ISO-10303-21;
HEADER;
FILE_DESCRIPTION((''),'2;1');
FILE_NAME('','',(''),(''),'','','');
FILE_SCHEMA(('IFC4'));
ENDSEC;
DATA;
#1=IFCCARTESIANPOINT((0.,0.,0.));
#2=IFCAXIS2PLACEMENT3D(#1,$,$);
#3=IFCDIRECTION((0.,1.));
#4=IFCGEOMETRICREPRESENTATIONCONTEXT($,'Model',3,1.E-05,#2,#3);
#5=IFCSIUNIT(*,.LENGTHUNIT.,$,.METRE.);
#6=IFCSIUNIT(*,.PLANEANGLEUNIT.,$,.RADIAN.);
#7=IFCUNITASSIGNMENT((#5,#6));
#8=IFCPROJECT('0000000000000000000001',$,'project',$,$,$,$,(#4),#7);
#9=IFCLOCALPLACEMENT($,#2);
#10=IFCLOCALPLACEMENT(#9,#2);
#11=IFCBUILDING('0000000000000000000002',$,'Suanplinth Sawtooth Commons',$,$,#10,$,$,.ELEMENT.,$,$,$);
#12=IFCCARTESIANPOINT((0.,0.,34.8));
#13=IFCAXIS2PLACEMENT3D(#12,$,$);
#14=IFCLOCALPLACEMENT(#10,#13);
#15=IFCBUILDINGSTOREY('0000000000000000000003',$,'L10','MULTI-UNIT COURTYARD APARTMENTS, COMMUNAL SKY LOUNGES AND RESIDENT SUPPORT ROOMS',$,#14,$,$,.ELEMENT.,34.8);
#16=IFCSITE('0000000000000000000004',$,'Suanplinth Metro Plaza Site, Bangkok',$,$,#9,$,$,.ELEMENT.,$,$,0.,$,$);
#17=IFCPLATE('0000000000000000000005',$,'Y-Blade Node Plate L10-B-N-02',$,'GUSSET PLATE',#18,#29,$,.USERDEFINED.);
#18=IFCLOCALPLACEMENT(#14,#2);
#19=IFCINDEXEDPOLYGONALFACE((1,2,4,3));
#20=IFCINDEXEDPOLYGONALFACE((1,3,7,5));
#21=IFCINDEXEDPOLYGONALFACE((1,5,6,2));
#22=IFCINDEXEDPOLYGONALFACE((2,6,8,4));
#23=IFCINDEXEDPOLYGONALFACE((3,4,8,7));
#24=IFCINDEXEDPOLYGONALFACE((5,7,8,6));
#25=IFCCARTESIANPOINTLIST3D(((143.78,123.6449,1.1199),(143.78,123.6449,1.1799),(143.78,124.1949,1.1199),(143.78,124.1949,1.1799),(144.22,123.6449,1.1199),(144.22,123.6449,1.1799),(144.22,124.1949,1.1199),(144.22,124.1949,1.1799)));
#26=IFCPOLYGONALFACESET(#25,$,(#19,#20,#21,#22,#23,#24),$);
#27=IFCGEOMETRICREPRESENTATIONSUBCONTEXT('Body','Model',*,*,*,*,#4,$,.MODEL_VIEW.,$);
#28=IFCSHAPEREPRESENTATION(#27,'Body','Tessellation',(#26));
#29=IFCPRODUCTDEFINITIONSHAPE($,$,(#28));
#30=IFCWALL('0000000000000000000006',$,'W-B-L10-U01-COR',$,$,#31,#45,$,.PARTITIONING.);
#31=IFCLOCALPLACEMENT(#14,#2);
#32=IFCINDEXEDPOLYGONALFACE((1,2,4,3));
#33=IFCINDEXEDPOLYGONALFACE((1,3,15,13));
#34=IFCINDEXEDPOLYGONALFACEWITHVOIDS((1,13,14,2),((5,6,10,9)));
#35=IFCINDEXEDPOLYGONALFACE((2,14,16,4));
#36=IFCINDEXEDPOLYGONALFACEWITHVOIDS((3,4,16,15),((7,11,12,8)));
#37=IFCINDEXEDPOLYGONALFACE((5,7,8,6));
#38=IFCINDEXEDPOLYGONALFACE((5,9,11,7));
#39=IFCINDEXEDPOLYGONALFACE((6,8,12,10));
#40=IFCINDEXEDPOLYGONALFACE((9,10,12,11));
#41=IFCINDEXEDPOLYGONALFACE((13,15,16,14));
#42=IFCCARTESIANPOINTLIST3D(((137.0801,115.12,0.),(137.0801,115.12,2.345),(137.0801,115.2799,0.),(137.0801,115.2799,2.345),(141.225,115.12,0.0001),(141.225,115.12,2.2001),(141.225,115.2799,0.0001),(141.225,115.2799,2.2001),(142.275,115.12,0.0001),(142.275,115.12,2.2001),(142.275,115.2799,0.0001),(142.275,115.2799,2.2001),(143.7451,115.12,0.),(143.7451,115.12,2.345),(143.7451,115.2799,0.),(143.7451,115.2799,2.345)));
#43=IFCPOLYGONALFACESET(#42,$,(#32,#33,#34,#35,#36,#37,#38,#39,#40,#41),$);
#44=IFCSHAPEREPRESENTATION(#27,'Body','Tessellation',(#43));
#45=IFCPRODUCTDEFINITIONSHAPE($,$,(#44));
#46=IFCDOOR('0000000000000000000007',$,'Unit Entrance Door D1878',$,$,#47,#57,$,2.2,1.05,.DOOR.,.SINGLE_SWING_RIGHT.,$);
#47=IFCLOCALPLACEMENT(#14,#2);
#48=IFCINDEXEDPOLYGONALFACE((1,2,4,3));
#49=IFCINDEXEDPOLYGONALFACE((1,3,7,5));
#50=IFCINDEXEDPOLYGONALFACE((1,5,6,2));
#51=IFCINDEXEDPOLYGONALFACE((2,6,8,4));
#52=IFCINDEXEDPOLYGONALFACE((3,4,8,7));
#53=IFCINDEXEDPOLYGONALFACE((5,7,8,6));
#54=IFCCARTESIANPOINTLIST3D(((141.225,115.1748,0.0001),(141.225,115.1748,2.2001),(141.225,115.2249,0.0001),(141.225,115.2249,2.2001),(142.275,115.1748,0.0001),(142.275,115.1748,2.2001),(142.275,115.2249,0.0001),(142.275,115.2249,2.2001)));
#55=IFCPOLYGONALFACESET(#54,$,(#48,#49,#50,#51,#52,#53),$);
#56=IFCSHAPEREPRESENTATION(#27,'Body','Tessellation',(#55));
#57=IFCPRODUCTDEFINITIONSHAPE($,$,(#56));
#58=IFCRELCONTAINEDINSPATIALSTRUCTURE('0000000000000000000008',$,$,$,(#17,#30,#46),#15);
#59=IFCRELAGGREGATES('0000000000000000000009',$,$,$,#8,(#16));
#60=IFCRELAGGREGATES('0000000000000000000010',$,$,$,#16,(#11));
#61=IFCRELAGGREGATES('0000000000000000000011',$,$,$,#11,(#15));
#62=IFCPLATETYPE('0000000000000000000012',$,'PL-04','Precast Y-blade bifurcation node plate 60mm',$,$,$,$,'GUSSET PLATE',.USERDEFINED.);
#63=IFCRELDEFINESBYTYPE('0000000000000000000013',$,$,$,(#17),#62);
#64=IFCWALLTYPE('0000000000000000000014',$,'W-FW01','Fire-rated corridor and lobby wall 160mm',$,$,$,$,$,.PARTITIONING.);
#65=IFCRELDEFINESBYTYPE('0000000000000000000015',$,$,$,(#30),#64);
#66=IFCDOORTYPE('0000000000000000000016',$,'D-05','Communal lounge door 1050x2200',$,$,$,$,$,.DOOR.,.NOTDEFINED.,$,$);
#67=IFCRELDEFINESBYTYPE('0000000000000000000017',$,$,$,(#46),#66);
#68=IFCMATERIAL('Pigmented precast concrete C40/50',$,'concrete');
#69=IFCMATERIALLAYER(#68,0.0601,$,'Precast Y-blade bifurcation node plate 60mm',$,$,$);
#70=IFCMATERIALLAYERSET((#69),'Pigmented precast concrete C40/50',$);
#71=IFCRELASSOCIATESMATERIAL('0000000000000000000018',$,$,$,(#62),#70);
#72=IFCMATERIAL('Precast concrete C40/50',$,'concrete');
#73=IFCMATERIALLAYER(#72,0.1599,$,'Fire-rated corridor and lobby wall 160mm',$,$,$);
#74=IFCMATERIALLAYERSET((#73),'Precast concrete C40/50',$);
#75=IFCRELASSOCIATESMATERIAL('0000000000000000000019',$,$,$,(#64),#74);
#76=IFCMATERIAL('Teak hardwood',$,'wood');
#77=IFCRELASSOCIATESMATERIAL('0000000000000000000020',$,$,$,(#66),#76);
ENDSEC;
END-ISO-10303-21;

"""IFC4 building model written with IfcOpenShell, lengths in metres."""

from ifc_helpers import new_model, si_unit, direction, frame, frame_2d, origin, origin_2d, place, context, subcontext, project, spatial, rectangle, extrude, material, layer, layer_set, type_object, element, fill, save


model = new_model("IFC4")

# Units and contexts
model_context = context("Model", 3, precision=1e-05, world=origin(), true_north=direction((0.0, 1.0)))
body_context = subcontext(model_context, "Body", "Model", "MODEL_VIEW")
ifc_project = project(units=[si_unit("LENGTHUNIT", "METRE"), si_unit("PLANEANGLEUNIT", "RADIAN")], contexts=[model_context])

# Site, building, storey
site_placement = place(None, origin())
site = spatial("IfcSite", under=ifc_project, at=site_placement, Name="Suanplinth Metro Plaza Site, Bangkok", CompositionType="ELEMENT", RefElevation=0.0)
building_placement = place(site_placement, origin())
building = spatial("IfcBuilding", under=site, at=building_placement, Name="Suanplinth Sawtooth Commons", CompositionType="ELEMENT")
storey_placement = place(building_placement, frame((0.0, 0.0, 34.8)))
storey = spatial("IfcBuildingStorey", under=building, at=storey_placement, Name="L10", Description="MULTI-UNIT COURTYARD APARTMENTS, COMMUNAL SKY LOUNGES AND RESIDENT SUPPORT ROOMS", CompositionType="ELEMENT", Elevation=34.8)

# Shared definitions
ifc_material_1 = material(Name="Precast concrete C40/50", Category="concrete")

# Shared definitions
ifc_material_2 = material(Name="Pigmented precast concrete C40/50", Category="concrete")

# Plate
ifc_layer_1 = layer(ifc_material_2, 0.0601, Name="Precast Y-blade bifurcation node plate 60mm")
ifc_layer_set_1 = layer_set([ifc_layer_1], Name="Pigmented precast concrete C40/50")
plate_type = type_object("IfcPlateType", Name="PL-04", Description="Precast Y-blade bifurcation node plate 60mm", ElementType="GUSSET PLATE", PredefinedType="USERDEFINED", material=ifc_layer_set_1)
for number, where, z_axis, x_axis, name in (
    (1, (144.0, 123.9199, 1.1199), (0.0, 0.0, 1.0), (1.0, 0.0, 0.0), "Y-Blade Node Plate L10-B-N-02"),
):
    element("IfcPlate", number, at=place(storey_placement, frame(where, z_axis=z_axis, x_axis=x_axis)), inside=storey, type_object=plate_type, Name=name, ObjectType="GUSSET PLATE", PredefinedType="USERDEFINED", context=body_context, shape_type="SweptSolid", body=[
        extrude(rectangle(XDim=0.4399, YDim=0.55, at=origin_2d()), origin(), (0.0, 0.0, 1.0), 0.0601),
    ])

# Wall, opening, door
ifc_layer_2 = layer(ifc_material_1, 0.1599, Name="Fire-rated corridor and lobby wall 160mm")
ifc_layer_set_2 = layer_set([ifc_layer_2], Name="Precast concrete C40/50")
wall_type_1 = type_object("IfcWallType", Name="W-FW01", Description="Fire-rated corridor and lobby wall 160mm", PredefinedType="PARTITIONING", material=ifc_layer_set_2)
wall_1_placement = place(storey_placement, frame((137.0801, 115.2, 0.0), z_axis=(0.0, 0.0, 1.0), x_axis=(1.0, 0.0, 0.0)))
wall_1 = element("IfcWall", 2, at=wall_1_placement, inside=storey, type_object=wall_type_1, Name="W-B-L10-U01-COR", PredefinedType="PARTITIONING", context=body_context, shape_type="SweptSolid", body=[
    extrude(rectangle(XDim=6.665, YDim=0.1599, at=frame_2d((3.3325, 0.0))), origin(), (0.0, 0.0, 1.0), 2.345),
])
opening_1_placement = place(wall_1_placement, frame((4.145, 0.0, 0.0)))
opening_1 = element("IfcOpeningElement", 3, at=opening_1_placement, cuts=wall_1, PredefinedType="OPENING", context=body_context, shape_type="SweptSolid", body=[
    extrude(rectangle(XDim=1.05, YDim=2.2, at=frame_2d((0.5249, 1.1001))), frame((0.0, 0.0947, 0.0), z_axis=(0.0, -1.0, 0.0), x_axis=(1.0, 0.0, 0.0)), (0.0, 0.0, 1.0), 0.1897),
])
ifc_material_3 = material(Name="Teak hardwood", Category="wood")
door_type_1 = type_object("IfcDoorType", Name="D-05", Description="Communal lounge door 1050x2200", OperationType="NOTDEFINED", PredefinedType="DOOR", material=ifc_material_3)
door_1_placement = place(opening_1_placement, origin())
door_1 = element("IfcDoor", 4, at=door_1_placement, inside=storey, type_object=door_type_1, Name="Unit Entrance Door D1878", OperationType="SINGLE_SWING_RIGHT", OverallHeight=2.2, OverallWidth=1.05, PredefinedType="DOOR", context=body_context, shape_type="SweptSolid", body=[
    extrude(rectangle(XDim=1.05, YDim=2.2, at=frame_2d((0.5249, 1.1001))), frame((0.0, 0.0249, 0.0), z_axis=(0.0, -1.0, 0.0), x_axis=(1.0, 0.0, 0.0)), (0.0, 0.0, 1.0), 0.05),
])
fill(opening_1, door_1)

save(model, "model.ifc")
